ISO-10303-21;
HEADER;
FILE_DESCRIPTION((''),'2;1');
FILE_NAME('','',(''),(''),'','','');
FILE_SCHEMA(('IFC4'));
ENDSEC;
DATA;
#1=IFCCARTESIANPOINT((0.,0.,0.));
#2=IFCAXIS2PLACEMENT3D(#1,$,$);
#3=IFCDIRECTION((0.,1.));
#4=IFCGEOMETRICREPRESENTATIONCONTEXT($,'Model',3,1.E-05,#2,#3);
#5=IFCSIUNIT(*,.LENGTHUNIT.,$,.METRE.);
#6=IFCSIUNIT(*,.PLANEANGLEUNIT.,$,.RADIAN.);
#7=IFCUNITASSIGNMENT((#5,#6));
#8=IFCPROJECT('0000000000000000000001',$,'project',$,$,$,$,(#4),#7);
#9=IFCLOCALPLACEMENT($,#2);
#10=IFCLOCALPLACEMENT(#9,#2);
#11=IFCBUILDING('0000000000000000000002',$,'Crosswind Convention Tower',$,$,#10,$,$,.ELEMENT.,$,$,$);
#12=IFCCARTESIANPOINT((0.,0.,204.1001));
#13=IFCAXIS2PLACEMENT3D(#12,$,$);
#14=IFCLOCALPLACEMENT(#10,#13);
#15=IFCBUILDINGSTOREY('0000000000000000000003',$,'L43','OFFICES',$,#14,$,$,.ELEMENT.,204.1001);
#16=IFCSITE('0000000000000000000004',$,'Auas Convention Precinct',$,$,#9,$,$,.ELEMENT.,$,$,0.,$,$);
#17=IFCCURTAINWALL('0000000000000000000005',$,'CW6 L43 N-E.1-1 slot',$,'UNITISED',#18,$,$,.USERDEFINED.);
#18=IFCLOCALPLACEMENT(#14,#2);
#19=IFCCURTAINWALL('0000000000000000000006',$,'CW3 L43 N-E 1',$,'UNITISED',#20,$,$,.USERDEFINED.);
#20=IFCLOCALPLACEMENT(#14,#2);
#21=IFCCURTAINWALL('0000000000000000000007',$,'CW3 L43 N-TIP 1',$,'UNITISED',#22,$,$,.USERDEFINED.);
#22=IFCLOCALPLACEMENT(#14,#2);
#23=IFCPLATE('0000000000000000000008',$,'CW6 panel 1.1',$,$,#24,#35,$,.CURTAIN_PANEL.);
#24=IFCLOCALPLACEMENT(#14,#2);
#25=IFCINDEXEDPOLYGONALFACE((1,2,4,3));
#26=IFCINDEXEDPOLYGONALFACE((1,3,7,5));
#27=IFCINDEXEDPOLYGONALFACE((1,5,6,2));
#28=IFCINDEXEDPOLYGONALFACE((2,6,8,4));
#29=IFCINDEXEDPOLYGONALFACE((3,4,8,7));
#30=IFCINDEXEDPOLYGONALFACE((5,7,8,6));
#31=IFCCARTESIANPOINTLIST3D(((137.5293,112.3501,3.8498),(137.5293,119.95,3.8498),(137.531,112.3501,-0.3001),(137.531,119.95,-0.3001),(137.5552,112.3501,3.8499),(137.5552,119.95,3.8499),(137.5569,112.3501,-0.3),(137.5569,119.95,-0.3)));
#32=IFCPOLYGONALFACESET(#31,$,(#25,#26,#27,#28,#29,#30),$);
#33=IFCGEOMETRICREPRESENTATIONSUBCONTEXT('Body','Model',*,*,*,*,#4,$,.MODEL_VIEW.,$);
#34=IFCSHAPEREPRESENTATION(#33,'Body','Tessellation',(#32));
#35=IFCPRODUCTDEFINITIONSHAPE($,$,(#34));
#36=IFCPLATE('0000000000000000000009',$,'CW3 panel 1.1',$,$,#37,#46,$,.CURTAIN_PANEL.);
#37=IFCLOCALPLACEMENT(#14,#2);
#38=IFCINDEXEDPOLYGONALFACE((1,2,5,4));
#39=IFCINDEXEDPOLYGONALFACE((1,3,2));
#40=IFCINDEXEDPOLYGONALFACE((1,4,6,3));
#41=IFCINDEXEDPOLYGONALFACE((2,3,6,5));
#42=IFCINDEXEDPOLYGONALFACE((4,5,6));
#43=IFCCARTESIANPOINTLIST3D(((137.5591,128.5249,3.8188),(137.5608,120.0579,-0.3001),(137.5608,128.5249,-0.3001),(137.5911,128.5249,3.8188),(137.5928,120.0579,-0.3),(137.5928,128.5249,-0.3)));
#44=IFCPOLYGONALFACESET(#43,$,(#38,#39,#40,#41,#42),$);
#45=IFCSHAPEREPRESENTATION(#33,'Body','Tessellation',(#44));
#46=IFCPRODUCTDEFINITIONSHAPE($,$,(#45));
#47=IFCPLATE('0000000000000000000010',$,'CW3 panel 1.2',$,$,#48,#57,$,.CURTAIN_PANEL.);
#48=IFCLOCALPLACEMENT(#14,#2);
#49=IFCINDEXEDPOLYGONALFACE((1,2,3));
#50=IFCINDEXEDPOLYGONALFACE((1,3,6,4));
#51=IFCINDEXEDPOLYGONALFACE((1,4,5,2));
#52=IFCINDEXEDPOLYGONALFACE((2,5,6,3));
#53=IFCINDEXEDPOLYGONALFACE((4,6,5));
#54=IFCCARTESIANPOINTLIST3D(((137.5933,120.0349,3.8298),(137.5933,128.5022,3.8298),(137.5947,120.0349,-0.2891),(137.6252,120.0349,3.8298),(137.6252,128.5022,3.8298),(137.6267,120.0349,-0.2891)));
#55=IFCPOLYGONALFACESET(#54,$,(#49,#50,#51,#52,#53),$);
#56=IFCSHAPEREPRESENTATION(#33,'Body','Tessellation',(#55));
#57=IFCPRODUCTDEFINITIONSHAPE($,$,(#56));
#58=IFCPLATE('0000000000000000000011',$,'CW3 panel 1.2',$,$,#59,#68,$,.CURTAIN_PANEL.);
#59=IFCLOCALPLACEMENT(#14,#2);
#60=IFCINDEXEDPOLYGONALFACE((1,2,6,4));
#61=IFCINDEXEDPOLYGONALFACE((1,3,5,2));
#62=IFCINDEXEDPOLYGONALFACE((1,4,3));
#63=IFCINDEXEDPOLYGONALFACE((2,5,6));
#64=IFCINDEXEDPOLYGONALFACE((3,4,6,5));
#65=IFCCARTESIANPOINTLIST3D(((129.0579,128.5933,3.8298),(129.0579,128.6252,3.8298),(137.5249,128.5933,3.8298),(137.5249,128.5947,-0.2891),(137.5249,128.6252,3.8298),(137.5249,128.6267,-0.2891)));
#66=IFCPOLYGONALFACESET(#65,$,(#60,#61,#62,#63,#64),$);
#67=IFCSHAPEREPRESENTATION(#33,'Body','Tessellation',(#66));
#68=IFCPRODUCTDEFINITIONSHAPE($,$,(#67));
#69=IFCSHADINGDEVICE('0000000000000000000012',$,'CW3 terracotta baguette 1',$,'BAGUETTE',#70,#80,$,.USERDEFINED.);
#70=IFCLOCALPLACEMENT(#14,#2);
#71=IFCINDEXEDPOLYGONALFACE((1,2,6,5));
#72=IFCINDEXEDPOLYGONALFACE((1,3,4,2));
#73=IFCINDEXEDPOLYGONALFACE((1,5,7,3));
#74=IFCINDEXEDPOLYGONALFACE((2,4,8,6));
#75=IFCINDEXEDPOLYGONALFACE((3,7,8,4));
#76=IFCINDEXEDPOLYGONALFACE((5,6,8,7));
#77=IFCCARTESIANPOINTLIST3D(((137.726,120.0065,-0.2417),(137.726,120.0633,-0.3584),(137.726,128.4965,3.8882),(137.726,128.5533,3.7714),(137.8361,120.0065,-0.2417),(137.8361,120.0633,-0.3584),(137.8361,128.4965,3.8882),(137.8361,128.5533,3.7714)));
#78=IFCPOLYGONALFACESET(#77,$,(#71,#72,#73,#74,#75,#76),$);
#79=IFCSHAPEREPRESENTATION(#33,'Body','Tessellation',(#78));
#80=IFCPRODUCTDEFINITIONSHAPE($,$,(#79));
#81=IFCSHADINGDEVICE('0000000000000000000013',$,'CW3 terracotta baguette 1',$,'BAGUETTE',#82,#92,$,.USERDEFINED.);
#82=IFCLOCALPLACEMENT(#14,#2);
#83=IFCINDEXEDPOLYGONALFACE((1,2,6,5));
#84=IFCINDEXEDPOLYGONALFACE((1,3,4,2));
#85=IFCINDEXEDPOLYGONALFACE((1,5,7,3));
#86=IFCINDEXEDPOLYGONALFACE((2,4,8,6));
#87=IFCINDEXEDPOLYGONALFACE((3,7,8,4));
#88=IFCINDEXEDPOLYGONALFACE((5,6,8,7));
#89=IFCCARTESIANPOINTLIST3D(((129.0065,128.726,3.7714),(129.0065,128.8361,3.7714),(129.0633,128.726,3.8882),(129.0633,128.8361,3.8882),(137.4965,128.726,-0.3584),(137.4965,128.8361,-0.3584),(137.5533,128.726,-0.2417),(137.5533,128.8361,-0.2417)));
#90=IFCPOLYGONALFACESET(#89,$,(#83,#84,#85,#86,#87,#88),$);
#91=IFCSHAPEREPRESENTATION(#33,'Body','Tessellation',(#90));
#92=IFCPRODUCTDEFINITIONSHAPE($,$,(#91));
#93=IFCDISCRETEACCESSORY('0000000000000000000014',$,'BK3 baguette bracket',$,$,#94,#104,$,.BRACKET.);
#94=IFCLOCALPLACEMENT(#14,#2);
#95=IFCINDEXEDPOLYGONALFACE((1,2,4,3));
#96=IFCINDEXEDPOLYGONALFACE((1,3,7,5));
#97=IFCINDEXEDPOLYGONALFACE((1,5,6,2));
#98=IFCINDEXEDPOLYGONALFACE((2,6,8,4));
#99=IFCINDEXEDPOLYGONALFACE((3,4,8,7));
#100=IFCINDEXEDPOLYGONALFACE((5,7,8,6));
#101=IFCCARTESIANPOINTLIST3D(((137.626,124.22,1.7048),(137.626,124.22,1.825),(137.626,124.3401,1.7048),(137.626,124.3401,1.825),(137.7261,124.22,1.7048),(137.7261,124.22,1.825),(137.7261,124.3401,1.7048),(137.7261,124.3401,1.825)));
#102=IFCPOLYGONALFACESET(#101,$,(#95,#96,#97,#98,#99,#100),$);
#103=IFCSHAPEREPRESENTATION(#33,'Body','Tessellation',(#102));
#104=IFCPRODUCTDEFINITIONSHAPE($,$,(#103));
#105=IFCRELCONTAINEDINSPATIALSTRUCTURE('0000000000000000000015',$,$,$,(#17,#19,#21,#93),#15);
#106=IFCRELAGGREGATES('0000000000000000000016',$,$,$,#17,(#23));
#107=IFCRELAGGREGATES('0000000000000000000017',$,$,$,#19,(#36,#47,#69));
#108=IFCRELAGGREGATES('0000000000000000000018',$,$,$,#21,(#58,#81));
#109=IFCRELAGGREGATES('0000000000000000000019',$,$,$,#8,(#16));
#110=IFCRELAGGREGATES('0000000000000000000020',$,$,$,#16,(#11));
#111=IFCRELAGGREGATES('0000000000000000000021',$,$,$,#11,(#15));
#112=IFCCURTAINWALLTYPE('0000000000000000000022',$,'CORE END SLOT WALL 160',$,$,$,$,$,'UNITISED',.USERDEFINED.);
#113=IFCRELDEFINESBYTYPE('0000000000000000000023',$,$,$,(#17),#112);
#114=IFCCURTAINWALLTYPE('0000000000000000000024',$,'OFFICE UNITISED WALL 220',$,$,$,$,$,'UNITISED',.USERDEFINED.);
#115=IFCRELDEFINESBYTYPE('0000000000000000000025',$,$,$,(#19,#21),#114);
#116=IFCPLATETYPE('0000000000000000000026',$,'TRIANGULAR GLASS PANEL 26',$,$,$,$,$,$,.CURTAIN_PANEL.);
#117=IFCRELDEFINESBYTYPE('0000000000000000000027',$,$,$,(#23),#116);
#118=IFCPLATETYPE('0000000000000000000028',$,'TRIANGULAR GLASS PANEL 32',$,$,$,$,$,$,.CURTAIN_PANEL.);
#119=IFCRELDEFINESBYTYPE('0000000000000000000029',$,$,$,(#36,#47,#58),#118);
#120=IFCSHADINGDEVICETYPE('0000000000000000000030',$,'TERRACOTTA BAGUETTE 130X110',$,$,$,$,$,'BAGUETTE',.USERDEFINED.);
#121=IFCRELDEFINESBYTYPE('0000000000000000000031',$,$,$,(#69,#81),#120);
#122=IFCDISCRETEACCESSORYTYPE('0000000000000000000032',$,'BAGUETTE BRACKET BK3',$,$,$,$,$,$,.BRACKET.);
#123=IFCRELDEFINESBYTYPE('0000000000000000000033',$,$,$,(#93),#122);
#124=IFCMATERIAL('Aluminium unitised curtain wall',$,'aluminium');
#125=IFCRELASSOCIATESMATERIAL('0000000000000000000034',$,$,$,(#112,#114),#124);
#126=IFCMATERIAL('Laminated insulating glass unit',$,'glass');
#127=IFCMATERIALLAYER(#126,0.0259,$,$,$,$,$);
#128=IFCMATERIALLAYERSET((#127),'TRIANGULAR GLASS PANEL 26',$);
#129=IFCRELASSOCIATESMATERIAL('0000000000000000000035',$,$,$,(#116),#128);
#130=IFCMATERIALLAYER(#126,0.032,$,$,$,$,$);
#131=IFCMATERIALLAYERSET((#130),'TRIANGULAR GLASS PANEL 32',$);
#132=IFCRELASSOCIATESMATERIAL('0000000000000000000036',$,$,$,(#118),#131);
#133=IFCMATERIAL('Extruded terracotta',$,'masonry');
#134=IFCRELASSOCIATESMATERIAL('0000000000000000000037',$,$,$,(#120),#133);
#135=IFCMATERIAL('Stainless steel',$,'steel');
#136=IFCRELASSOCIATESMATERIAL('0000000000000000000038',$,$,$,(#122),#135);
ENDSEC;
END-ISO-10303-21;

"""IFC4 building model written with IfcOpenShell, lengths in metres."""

from ifc_helpers import new_model, si_unit, direction, frame, origin, origin_2d, place, context, subcontext, project, spatial, polyline, rectangle, outline, extrude, material, layer, layer_set, material_profile, profile_set, type_object, element, aggregate, save


model = new_model("IFC4")

# Units and contexts
model_context = context("Model", 3, precision=1e-05, world=origin(), true_north=direction((0.0, 1.0)))
body_context = subcontext(model_context, "Body", "Model", "MODEL_VIEW")
ifc_project = project(units=[si_unit("LENGTHUNIT", "METRE"), si_unit("PLANEANGLEUNIT", "RADIAN")], contexts=[model_context])

# Site, building, storey
site_placement = place(None, origin())
site = spatial("IfcSite", under=ifc_project, at=site_placement, Name="Auas Convention Precinct", CompositionType="ELEMENT", RefElevation=0.0)
building_placement = place(site_placement, origin())
building = spatial("IfcBuilding", under=site, at=building_placement, Name="Crosswind Convention Tower", CompositionType="ELEMENT")
storey_placement = place(building_placement, frame((0.0, 0.0, 204.1001)))
storey = spatial("IfcBuildingStorey", under=building, at=storey_placement, Name="L43", Description="OFFICES", CompositionType="ELEMENT", Elevation=204.1001)

# Curtain walls
ifc_material_1 = material(Name="Aluminium unitised curtain wall", Category="aluminium")
curtain_wall_type_1 = type_object("IfcCurtainWallType", Name="CORE END SLOT WALL 160", ElementType="UNITISED", PredefinedType="USERDEFINED", material=ifc_material_1)
curtain_wall_1_placement = place(storey_placement, origin())
curtain_wall_1 = element("IfcCurtainWall", 1, at=curtain_wall_1_placement, inside=storey, type_object=curtain_wall_type_1, Name="CW6 L43 N-E.1-1 slot", ObjectType="UNITISED", PredefinedType="USERDEFINED")
curtain_wall_type_2 = type_object("IfcCurtainWallType", Name="OFFICE UNITISED WALL 220", ElementType="UNITISED", PredefinedType="USERDEFINED", material=ifc_material_1)
curtain_wall_2_placement = place(storey_placement, origin())
curtain_wall_2 = element("IfcCurtainWall", 2, at=curtain_wall_2_placement, inside=storey, type_object=curtain_wall_type_2, Name="CW3 L43 N-E 1", ObjectType="UNITISED", PredefinedType="USERDEFINED")

# Curtain wall
curtain_wall_3_placement = place(storey_placement, origin())
curtain_wall_3 = element("IfcCurtainWall", 3, at=curtain_wall_3_placement, inside=storey, type_object=curtain_wall_type_2, Name="CW3 L43 N-TIP 1", ObjectType="UNITISED", PredefinedType="USERDEFINED")

# Plates
ifc_material_2 = material(Name="Laminated insulating glass unit", Category="glass")
ifc_layer_1 = layer(ifc_material_2, 0.0259)
ifc_layer_set_1 = layer_set([ifc_layer_1], Name="TRIANGULAR GLASS PANEL 26")
plate_type_1 = type_object("IfcPlateType", Name="TRIANGULAR GLASS PANEL 26", PredefinedType="CURTAIN_PANEL", material=ifc_layer_set_1)
plate_1_placement = place(storey_placement, frame((137.5569, 112.3501, -0.3), z_axis=(1.0, 0.0, 0.000412), x_axis=(0.0, 1.0, 0.0)))
plate_1 = element("IfcPlate", 4, at=plate_1_placement, type_object=plate_type_1, Name="CW6 panel 1.1", PredefinedType="CURTAIN_PANEL", context=body_context, shape_type="SweptSolid", body=[
    extrude(outline(polyline([(0.0, 0.0), (7.5999, 0.0), (7.5999, 4.1499), (0.0, 4.1499), (0.0, 0.0)])), origin(), (0.0, 0.0, -1.0), 0.0259),
])
aggregate(curtain_wall_1, [plate_1])
ifc_layer_2 = layer(ifc_material_2, 0.032)
ifc_layer_set_2 = layer_set([ifc_layer_2], Name="TRIANGULAR GLASS PANEL 32")
plate_type_2 = type_object("IfcPlateType", Name="TRIANGULAR GLASS PANEL 32", PredefinedType="CURTAIN_PANEL", material=ifc_layer_set_2)
plate_2_placement = place(storey_placement, frame((137.5928, 128.5249, -0.3), z_axis=(1.0, 0.0, 0.000415), x_axis=(-0.000415, 0.0, 1.0)))
plate_2 = element("IfcPlate", 5, at=plate_2_placement, type_object=plate_type_2, Name="CW3 panel 1.1", PredefinedType="CURTAIN_PANEL", context=body_context, shape_type="SweptSolid", body=[
    extrude(outline(polyline([(0.0, 0.0), (4.1189, 0.0), (0.0, 8.467), (0.0, 0.0)])), origin(), (0.0, 0.0, -1.0), 0.032),
])
plate_3_placement = place(storey_placement, frame((137.6252, 120.0349, 3.8298), z_axis=(1.0, 0.0, 0.000356), x_axis=(0.000356, 0.0, -1.0)))
plate_3 = element("IfcPlate", 6, at=plate_3_placement, type_object=plate_type_2, Name="CW3 panel 1.2", PredefinedType="CURTAIN_PANEL", context=body_context, shape_type="SweptSolid", body=[
    extrude(outline(polyline([(0.0, 0.0), (4.1189, 0.0), (0.0, 8.4673), (0.0, 0.0)])), origin(), (0.0, 0.0, -1.0), 0.032),
])
plate_4_placement = place(storey_placement, frame((137.5249, 128.6252, 3.8298), z_axis=(0.0, 1.0, 0.000356), x_axis=(0.0, 0.000356, -1.0)))
plate_4 = element("IfcPlate", 7, at=plate_4_placement, type_object=plate_type_2, Name="CW3 panel 1.2", PredefinedType="CURTAIN_PANEL", context=body_context, shape_type="SweptSolid", body=[
    extrude(outline(polyline([(0.0, 0.0), (4.1189, 0.0), (0.0, 8.467), (0.0, 0.0)])), origin(), (0.0, 0.0, -1.0), 0.032),
])

# Shading devices
ifc_material_3 = material(Name="Extruded terracotta", Category="masonry")
ifc_material_profile_1 = material_profile(ifc_material_3, rectangle(XDim=0.1101, YDim=0.1299, at=origin_2d()), Name="TC 110X130")
ifc_profile_set_1 = profile_set([ifc_material_profile_1], Name="Extruded terracotta")
shading_device_type = type_object("IfcShadingDeviceType", Name="TERRACOTTA BAGUETTE 130X110", ElementType="BAGUETTE", PredefinedType="USERDEFINED", material=ifc_profile_set_1)
shading_device_1_placement = place(storey_placement, frame((137.781, 120.0349, -0.3), z_axis=(0.0, 0.899251, 0.437433), x_axis=(-1.0, 0.0, 0.0)))
shading_device_1 = element("IfcShadingDevice", 8, at=shading_device_1_placement, type_object=shading_device_type, Name="CW3 terracotta baguette 1", ObjectType="BAGUETTE", PredefinedType="USERDEFINED", context=body_context, shape_type="SweptSolid", body=[
    extrude(rectangle(XDim=0.1101, YDim=0.1299, at=origin_2d()), origin(), (0.0, 0.0, 1.0), 9.4412),
])
aggregate(curtain_wall_2, [plate_2, plate_3, shading_device_1])
shading_device_2_placement = place(storey_placement, frame((137.5249, 128.781, -0.3), z_axis=(-0.899251, 0.0, 0.437433), x_axis=(0.0, -1.0, 0.0)))
shading_device_2 = element("IfcShadingDevice", 9, at=shading_device_2_placement, type_object=shading_device_type, Name="CW3 terracotta baguette 1", ObjectType="BAGUETTE", PredefinedType="USERDEFINED", context=body_context, shape_type="SweptSolid", body=[
    extrude(rectangle(XDim=0.1101, YDim=0.1299, at=origin_2d()), origin(), (0.0, 0.0, 1.0), 9.4412),
])
aggregate(curtain_wall_3, [plate_4, shading_device_2])

# Discrete accessory
ifc_material_4 = material(Name="Stainless steel", Category="steel")
discrete_accessory_type = type_object("IfcDiscreteAccessoryType", Name="BAGUETTE BRACKET BK3", PredefinedType="BRACKET", material=ifc_material_4)
discrete_accessory_placement = place(storey_placement, frame((137.676, 124.28, 1.7048), z_axis=(0.0, 0.0, 1.0), x_axis=(0.0, 1.0, 0.0)))
element("IfcDiscreteAccessory", 10, at=discrete_accessory_placement, inside=storey, type_object=discrete_accessory_type, Name="BK3 baguette bracket", PredefinedType="BRACKET", context=body_context, shape_type="SweptSolid", body=[
    extrude(rectangle(XDim=0.1201, YDim=0.1001, at=origin_2d()), origin(), (0.0, 0.0, 1.0), 0.1201),
])

save(model, "model.ifc")
